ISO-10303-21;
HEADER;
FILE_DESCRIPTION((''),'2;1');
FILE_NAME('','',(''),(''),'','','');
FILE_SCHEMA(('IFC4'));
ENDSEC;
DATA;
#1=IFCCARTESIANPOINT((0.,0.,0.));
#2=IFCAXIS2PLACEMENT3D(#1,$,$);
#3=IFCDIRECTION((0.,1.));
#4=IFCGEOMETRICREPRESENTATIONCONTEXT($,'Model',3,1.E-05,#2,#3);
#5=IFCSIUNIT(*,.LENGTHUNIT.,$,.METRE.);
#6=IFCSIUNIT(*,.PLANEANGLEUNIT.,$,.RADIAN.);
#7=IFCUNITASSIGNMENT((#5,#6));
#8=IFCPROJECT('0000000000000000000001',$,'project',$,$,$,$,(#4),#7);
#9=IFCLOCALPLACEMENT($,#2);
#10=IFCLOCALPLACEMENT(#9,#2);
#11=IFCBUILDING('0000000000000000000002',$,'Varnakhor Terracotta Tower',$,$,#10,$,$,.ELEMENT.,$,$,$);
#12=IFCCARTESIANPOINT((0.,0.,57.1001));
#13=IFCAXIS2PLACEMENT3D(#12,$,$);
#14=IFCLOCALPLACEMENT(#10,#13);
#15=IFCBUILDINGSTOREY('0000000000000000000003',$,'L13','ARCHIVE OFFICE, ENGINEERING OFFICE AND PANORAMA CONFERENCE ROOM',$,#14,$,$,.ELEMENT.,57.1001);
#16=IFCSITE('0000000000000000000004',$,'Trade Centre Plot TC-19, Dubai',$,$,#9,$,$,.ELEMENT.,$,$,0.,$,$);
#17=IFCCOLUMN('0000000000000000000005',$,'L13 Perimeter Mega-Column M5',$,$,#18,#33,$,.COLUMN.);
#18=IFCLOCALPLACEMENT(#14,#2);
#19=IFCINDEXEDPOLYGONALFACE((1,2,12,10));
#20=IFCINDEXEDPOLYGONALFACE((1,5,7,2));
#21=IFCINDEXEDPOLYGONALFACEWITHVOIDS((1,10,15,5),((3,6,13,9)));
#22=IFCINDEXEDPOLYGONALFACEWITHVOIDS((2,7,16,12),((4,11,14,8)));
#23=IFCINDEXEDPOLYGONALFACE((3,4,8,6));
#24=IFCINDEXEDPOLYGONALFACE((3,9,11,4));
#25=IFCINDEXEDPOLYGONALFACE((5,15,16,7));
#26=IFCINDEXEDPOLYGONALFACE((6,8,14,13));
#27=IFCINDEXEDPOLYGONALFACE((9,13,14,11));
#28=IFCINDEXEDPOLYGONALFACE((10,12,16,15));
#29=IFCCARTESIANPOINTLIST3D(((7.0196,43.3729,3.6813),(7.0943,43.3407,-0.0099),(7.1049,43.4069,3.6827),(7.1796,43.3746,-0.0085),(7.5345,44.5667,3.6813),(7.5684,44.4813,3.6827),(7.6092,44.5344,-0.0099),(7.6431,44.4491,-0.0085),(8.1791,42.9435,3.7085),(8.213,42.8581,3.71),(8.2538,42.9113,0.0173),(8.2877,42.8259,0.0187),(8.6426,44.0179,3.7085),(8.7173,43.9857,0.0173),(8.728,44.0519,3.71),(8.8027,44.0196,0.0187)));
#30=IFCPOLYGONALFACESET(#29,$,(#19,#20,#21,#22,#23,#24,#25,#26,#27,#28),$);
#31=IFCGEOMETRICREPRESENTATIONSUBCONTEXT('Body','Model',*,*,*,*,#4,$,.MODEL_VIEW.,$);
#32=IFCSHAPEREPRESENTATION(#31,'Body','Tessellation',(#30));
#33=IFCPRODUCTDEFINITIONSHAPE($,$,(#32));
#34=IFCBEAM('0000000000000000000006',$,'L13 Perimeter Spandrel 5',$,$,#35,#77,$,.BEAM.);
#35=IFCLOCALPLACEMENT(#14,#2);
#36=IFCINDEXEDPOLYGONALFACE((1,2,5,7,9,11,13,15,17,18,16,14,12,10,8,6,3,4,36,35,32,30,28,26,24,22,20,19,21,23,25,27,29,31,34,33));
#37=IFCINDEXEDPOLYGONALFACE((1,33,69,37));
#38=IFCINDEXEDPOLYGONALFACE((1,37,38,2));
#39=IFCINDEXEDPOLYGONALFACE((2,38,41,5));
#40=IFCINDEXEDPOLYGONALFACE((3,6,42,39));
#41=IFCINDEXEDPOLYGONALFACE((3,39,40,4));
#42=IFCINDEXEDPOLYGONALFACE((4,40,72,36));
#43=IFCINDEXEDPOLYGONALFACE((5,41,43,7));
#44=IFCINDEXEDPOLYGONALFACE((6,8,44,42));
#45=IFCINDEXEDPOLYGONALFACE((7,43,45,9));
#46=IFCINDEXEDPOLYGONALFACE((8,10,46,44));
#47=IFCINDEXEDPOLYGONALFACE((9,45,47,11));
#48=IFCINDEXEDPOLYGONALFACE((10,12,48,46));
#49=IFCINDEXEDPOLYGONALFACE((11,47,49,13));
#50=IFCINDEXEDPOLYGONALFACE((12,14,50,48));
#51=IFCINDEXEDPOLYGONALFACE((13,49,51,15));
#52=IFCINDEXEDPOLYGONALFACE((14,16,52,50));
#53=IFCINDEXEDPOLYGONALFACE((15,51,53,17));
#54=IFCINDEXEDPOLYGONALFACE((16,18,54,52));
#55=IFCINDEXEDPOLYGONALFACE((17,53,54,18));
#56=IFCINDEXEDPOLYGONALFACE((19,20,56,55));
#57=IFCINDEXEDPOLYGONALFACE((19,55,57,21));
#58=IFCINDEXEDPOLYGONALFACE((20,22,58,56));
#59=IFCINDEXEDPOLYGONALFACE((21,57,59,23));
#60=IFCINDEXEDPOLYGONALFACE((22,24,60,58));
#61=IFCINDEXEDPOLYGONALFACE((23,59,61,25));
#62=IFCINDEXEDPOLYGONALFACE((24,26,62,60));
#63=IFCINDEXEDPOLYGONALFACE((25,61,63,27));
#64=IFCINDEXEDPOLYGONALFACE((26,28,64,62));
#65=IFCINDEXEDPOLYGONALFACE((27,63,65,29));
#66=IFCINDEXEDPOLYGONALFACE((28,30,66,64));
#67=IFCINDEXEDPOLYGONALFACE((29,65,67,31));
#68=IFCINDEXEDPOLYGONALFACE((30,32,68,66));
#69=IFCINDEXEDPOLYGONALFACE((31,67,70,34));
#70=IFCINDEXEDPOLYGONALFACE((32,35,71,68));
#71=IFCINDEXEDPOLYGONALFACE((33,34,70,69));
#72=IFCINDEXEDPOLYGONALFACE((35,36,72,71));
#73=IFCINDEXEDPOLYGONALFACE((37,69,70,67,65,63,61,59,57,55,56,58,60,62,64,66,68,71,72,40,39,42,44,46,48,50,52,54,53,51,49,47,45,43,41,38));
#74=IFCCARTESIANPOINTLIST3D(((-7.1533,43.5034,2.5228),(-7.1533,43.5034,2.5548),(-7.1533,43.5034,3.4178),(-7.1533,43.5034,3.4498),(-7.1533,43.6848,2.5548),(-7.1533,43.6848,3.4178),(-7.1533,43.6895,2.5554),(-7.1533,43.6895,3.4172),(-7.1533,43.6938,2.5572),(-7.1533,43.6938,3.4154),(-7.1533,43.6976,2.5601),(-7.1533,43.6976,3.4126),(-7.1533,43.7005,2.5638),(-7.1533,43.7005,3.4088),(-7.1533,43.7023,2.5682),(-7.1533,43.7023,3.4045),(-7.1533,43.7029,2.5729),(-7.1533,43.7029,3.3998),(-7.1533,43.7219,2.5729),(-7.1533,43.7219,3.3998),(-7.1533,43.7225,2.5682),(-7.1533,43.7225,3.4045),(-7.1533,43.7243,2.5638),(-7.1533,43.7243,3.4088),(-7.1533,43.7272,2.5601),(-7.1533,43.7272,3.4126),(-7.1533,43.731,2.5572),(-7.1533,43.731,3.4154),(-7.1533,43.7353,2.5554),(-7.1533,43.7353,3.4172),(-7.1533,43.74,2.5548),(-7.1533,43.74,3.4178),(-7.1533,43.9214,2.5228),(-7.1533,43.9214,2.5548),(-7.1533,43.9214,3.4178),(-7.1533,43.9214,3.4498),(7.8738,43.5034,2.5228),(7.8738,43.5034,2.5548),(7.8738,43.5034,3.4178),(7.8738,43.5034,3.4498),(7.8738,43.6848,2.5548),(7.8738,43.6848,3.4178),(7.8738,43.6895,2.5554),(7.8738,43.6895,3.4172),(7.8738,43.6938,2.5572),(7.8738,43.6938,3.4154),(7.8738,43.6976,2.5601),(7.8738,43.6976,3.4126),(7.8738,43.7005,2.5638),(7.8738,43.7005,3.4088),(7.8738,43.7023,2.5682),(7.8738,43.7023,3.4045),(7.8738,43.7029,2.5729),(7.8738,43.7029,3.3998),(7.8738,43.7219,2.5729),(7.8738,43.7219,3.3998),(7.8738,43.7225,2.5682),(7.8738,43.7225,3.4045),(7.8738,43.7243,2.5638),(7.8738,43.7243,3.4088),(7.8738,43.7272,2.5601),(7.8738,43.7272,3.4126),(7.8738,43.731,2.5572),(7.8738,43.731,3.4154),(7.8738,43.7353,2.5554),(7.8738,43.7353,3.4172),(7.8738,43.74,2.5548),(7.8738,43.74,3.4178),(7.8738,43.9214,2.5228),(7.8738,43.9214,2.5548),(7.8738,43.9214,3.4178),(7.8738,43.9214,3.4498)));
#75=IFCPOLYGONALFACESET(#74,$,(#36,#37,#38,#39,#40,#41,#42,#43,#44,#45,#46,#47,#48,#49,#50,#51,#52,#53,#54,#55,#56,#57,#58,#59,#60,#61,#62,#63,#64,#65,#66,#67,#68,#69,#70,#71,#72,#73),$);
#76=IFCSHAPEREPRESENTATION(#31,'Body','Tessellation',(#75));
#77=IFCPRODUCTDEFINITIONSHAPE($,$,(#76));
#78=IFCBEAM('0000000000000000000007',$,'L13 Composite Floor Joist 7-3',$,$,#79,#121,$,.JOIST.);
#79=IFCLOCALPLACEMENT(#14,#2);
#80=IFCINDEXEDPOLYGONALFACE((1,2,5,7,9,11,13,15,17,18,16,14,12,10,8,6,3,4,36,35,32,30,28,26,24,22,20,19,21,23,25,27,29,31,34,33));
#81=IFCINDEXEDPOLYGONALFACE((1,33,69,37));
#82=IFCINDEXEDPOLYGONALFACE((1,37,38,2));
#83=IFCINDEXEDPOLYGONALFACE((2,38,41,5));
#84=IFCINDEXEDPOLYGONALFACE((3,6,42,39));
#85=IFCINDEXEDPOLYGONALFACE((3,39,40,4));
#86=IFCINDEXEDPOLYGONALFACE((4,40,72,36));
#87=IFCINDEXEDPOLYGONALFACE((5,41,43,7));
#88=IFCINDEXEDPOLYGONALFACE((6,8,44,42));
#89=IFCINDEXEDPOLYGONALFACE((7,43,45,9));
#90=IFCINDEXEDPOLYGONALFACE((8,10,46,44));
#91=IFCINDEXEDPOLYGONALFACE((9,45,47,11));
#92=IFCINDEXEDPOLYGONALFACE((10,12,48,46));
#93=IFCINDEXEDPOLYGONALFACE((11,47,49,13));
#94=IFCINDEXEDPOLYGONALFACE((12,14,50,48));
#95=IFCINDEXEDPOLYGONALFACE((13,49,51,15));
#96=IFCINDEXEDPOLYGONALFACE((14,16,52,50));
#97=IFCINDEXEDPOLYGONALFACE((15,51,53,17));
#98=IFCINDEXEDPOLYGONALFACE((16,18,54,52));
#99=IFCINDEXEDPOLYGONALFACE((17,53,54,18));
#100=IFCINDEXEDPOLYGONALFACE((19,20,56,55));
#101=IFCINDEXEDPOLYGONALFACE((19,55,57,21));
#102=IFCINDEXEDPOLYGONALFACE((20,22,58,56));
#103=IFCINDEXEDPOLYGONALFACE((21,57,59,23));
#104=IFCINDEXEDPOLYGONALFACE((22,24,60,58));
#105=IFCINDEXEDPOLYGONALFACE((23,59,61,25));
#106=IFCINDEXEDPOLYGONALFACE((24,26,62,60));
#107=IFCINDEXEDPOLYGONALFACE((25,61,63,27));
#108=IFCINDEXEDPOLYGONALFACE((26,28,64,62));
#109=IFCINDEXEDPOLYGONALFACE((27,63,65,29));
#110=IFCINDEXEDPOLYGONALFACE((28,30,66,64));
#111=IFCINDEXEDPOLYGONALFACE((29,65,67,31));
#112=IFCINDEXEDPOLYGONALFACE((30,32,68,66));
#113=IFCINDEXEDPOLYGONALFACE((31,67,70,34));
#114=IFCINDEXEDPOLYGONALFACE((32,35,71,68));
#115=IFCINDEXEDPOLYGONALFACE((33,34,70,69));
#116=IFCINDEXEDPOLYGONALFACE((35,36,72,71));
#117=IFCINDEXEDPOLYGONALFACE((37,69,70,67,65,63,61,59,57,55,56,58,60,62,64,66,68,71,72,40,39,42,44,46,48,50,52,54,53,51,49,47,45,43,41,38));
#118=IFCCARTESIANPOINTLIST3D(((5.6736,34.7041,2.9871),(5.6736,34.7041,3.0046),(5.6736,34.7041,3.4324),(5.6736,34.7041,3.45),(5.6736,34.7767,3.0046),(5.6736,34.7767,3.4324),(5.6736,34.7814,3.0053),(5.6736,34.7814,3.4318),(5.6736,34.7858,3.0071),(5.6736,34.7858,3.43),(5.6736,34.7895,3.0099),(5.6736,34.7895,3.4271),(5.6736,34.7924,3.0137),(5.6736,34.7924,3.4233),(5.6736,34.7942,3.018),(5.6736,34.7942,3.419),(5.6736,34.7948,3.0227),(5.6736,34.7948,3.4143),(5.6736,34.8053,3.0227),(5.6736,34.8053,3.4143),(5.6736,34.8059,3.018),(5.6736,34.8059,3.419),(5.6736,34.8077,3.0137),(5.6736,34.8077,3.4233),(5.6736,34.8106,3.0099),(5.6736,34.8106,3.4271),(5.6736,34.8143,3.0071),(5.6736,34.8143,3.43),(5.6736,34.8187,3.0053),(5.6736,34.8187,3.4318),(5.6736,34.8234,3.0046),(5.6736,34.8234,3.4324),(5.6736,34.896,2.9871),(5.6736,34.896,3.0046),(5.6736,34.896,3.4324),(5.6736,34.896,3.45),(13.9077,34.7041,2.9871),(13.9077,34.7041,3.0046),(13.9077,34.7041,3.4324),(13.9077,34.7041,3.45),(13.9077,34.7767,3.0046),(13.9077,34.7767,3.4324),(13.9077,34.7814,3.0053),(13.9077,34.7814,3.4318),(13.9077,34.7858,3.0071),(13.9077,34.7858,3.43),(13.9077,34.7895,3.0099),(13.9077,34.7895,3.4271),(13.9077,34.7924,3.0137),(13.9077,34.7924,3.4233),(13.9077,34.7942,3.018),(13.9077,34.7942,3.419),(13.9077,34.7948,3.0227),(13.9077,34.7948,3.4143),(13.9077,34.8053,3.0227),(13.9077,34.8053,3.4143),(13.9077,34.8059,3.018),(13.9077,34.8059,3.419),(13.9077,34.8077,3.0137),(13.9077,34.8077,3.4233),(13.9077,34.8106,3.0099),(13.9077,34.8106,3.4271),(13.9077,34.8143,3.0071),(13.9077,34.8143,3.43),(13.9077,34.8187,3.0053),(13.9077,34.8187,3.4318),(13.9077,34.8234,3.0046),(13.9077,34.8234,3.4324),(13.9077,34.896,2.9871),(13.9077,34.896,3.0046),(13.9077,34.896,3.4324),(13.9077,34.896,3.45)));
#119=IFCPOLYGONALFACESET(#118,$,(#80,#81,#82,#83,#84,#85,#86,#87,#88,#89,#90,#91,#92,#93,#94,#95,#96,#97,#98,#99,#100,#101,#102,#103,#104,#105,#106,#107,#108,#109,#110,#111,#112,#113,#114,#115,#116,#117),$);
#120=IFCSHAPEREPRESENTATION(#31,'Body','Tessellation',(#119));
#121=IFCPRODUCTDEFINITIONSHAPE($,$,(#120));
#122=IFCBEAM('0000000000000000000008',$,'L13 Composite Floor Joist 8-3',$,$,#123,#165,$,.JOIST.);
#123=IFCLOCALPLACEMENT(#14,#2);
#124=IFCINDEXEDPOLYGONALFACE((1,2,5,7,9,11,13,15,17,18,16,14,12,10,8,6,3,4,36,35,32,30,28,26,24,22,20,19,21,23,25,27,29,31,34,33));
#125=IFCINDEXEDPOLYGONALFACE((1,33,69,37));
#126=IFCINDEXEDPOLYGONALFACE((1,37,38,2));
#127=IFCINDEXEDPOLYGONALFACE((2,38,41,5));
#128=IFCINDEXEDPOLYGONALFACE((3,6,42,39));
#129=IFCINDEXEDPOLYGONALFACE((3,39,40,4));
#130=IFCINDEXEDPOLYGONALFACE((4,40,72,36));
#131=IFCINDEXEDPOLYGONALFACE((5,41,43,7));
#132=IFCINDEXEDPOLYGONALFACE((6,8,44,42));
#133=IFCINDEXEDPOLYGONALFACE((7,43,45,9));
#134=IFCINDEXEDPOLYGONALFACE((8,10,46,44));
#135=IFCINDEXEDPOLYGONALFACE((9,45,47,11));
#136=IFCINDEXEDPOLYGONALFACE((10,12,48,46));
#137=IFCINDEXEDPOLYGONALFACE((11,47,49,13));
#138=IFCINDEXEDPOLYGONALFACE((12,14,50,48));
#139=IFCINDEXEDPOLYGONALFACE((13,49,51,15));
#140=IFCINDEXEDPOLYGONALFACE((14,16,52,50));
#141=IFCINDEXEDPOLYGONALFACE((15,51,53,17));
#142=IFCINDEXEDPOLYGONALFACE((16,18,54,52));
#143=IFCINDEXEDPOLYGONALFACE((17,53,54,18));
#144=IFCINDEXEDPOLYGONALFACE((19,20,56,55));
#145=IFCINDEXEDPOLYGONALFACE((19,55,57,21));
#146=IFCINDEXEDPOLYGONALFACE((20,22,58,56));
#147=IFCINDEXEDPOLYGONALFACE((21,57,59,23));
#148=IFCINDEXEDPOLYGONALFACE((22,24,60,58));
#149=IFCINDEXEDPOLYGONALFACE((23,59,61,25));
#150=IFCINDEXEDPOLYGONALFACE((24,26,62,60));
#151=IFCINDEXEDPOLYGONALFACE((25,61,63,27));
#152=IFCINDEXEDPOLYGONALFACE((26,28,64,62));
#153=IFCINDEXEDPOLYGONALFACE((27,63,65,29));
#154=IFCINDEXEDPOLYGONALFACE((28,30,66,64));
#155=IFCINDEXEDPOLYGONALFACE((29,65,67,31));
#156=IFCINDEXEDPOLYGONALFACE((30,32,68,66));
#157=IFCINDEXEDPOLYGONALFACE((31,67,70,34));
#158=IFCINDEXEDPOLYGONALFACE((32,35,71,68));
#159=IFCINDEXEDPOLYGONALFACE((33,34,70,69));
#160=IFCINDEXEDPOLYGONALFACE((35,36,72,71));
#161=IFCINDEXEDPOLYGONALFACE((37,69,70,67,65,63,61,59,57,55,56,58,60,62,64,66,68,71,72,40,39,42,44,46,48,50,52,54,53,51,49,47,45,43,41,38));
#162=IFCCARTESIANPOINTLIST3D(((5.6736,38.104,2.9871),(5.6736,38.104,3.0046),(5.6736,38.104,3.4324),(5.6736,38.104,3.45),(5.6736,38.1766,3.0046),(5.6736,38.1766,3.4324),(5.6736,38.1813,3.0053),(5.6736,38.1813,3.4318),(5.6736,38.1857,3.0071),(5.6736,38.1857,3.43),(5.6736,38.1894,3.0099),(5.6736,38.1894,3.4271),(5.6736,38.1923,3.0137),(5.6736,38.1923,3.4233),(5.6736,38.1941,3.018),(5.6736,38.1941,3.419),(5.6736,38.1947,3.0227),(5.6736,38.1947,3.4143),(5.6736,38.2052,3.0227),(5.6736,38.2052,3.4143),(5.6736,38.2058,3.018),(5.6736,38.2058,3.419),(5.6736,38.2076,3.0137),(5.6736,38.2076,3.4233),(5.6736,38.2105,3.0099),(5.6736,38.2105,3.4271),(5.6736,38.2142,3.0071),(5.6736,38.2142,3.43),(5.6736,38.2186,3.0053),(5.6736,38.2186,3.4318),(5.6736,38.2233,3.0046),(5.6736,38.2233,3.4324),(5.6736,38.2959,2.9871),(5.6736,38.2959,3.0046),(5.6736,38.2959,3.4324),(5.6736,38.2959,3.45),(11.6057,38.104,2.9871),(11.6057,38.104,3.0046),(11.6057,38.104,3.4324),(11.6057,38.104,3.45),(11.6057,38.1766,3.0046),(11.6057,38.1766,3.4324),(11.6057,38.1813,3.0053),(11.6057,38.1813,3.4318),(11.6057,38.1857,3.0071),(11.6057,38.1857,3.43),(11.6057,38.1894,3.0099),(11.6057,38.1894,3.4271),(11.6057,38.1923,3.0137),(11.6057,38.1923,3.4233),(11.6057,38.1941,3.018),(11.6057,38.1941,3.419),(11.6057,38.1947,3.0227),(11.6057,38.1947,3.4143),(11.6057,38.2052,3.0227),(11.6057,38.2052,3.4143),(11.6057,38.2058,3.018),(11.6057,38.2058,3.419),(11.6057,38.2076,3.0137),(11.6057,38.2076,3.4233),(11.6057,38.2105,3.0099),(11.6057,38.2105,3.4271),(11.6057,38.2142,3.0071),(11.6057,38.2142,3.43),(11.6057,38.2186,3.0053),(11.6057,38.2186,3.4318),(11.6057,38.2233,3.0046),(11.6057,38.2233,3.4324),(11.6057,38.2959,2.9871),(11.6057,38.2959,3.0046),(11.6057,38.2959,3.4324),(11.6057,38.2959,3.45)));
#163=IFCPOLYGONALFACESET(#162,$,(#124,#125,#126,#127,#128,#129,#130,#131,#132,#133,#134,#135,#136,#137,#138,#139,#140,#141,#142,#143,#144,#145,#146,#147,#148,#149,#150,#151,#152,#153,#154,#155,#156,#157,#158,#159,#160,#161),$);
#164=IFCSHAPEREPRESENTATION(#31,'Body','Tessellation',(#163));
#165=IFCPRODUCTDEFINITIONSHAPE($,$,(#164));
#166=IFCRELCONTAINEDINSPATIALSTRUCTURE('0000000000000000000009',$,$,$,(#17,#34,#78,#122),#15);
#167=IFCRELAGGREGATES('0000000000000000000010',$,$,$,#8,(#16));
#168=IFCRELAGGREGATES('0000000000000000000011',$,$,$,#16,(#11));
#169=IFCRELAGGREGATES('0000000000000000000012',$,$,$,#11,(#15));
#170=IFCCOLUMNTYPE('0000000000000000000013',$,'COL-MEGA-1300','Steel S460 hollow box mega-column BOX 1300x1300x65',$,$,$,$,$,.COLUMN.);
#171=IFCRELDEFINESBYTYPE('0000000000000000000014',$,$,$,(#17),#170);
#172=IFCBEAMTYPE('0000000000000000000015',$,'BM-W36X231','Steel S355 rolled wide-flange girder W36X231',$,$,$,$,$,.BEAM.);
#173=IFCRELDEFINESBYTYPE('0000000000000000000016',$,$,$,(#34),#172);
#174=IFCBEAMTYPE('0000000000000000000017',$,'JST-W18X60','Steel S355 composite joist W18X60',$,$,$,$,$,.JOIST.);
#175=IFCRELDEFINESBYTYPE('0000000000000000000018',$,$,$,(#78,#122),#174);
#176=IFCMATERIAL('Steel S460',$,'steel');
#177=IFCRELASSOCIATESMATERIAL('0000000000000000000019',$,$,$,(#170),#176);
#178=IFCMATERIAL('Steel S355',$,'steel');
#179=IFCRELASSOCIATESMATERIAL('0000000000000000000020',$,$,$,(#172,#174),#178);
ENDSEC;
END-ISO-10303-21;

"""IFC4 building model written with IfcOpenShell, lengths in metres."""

from ifc_helpers import new_model, si_unit, direction, frame, origin, origin_2d, place, context, subcontext, project, spatial, hollow_rectangle, i_section, extrude, source, transform, mapped, material, material_profile, profile_set, type_object, element, save


model = new_model("IFC4")

# Units and contexts
model_context = context("Model", 3, precision=1e-05, world=origin(), true_north=direction((0.0, 1.0)))
body_context = subcontext(model_context, "Body", "Model", "MODEL_VIEW")
ifc_project = project(units=[si_unit("LENGTHUNIT", "METRE"), si_unit("PLANEANGLEUNIT", "RADIAN")], contexts=[model_context])

# Site, building, storey
site_placement = place(None, origin())
site = spatial("IfcSite", under=ifc_project, at=site_placement, Name="Trade Centre Plot TC-19, Dubai", CompositionType="ELEMENT", RefElevation=0.0)
building_placement = place(site_placement, origin())
building = spatial("IfcBuilding", under=site, at=building_placement, Name="Varnakhor Terracotta Tower", CompositionType="ELEMENT")
storey_placement = place(building_placement, frame((0.0, 0.0, 57.1001)))
storey = spatial("IfcBuildingStorey", under=building, at=storey_placement, Name="L13", Description="ARCHIVE OFFICE, ENGINEERING OFFICE AND PANORAMA CONFERENCE ROOM", CompositionType="ELEMENT", Elevation=57.1001)

# Column
ifc_material_1 = material(Name="Steel S460", Category="steel")
ifc_material_profile_1 = material_profile(ifc_material_1, hollow_rectangle(XDim=1.3, YDim=1.3, WallThickness=0.0649, at=origin_2d()), Name="BOX 1300x1300x65")
ifc_profile_set_1 = profile_set([ifc_material_profile_1], Name="Steel S460")
column_type = type_object("IfcColumnType", Name="COL-MEGA-1300", Description="Steel S460 hollow box mega-column BOX 1300x1300x65", PredefinedType="COLUMN", material=ifc_profile_set_1)
shared_shape_1 = source(origin(), body_context, "Body", "SweptSolid", [
    extrude(hollow_rectangle(XDim=1.3, YDim=1.3, WallThickness=0.0649, at=origin_2d()), origin(), (0.0, 0.0, 1.0), 3.6921),
])
column_placement = place(storey_placement, frame((7.9485, 43.6802, 0.0044), z_axis=(-0.020235, 0.008729, 0.999757), x_axis=(-0.396091, -0.918211, 0.0)))
element("IfcColumn", 1, at=column_placement, inside=storey, type_object=column_type, Name="L13 Perimeter Mega-Column M5", PredefinedType="COLUMN", context=body_context, shape_type="MappedRepresentation", body=[
    mapped(shared_shape_1, transform((0.0, 0.0, 0.0), scale=1.0)),
])

# Beams
ifc_material_2 = material(Name="Steel S355", Category="steel")
ifc_material_profile_2 = material_profile(ifc_material_2, i_section(OverallWidth=0.418, OverallDepth=0.927, WebThickness=0.019, FlangeThickness=0.032, FilletRadius=0.0181, at=origin_2d()), Name="W36X231")
ifc_profile_set_2 = profile_set([ifc_material_profile_2], Name="Steel S355")
beam_type_1 = type_object("IfcBeamType", Name="BM-W36X231", Description="Steel S355 rolled wide-flange girder W36X231", PredefinedType="BEAM", material=ifc_profile_set_2)
shared_shape_2 = source(origin(), body_context, "Body", "SweptSolid", [
    extrude(i_section(OverallWidth=0.418, OverallDepth=0.927, WebThickness=0.019, FlangeThickness=0.032, FilletRadius=0.0181, at=origin_2d()), origin(), (0.0, 0.0, 1.0), 15.0271),
])
beam_1_placement = place(storey_placement, frame((7.8738, 43.7124, 2.9863), z_axis=(-1.0, 0.0, 0.0), x_axis=(0.0, -1.0, 0.0)))
element("IfcBeam", 2, at=beam_1_placement, inside=storey, type_object=beam_type_1, Name="L13 Perimeter Spandrel 5", PredefinedType="BEAM", context=body_context, shape_type="MappedRepresentation", body=[
    mapped(shared_shape_2, transform((0.0, 0.0, 0.0), scale=1.0)),
])
ifc_material_profile_3 = material_profile(ifc_material_2, i_section(OverallWidth=0.1919, OverallDepth=0.4629, WebThickness=0.0105, FlangeThickness=0.0176, FilletRadius=0.0181, at=origin_2d()), Name="W18X60")
ifc_profile_set_3 = profile_set([ifc_material_profile_3], Name="Steel S355")
beam_type_2 = type_object("IfcBeamType", Name="JST-W18X60", Description="Steel S355 composite joist W18X60", PredefinedType="JOIST", material=ifc_profile_set_3)
shared_shape_3 = source(origin(), body_context, "Body", "SweptSolid", [
    extrude(i_section(OverallWidth=0.1919, OverallDepth=0.4629, WebThickness=0.0105, FlangeThickness=0.0176, FilletRadius=0.0181, at=origin_2d()), origin(), (0.0, 0.0, 1.0), 8.2341),
])
beam_2_placement = place(storey_placement, frame((5.6736, 34.8, 3.2185), z_axis=(1.0, 0.0, 0.0), x_axis=(0.0, 1.0, 0.0)))
element("IfcBeam", 3, at=beam_2_placement, inside=storey, type_object=beam_type_2, Name="L13 Composite Floor Joist 7-3", PredefinedType="JOIST", context=body_context, shape_type="MappedRepresentation", body=[
    mapped(shared_shape_3, transform((0.0, 0.0, 0.0), scale=1.0)),
])
shared_shape_4 = source(origin(), body_context, "Body", "SweptSolid", [
    extrude(i_section(OverallWidth=0.1919, OverallDepth=0.4629, WebThickness=0.0105, FlangeThickness=0.0176, FilletRadius=0.0181, at=origin_2d()), origin(), (0.0, 0.0, 1.0), 5.9321),
])
beam_3_placement = place(storey_placement, frame((5.6736, 38.2, 3.2185), z_axis=(1.0, 0.0, 0.0), x_axis=(0.0, 1.0, 0.0)))
element("IfcBeam", 4, at=beam_3_placement, inside=storey, type_object=beam_type_2, Name="L13 Composite Floor Joist 8-3", PredefinedType="JOIST", context=body_context, shape_type="MappedRepresentation", body=[
    mapped(shared_shape_4, transform((0.0, 0.0, 0.0), scale=1.0)),
])

save(model, "model.ifc")
